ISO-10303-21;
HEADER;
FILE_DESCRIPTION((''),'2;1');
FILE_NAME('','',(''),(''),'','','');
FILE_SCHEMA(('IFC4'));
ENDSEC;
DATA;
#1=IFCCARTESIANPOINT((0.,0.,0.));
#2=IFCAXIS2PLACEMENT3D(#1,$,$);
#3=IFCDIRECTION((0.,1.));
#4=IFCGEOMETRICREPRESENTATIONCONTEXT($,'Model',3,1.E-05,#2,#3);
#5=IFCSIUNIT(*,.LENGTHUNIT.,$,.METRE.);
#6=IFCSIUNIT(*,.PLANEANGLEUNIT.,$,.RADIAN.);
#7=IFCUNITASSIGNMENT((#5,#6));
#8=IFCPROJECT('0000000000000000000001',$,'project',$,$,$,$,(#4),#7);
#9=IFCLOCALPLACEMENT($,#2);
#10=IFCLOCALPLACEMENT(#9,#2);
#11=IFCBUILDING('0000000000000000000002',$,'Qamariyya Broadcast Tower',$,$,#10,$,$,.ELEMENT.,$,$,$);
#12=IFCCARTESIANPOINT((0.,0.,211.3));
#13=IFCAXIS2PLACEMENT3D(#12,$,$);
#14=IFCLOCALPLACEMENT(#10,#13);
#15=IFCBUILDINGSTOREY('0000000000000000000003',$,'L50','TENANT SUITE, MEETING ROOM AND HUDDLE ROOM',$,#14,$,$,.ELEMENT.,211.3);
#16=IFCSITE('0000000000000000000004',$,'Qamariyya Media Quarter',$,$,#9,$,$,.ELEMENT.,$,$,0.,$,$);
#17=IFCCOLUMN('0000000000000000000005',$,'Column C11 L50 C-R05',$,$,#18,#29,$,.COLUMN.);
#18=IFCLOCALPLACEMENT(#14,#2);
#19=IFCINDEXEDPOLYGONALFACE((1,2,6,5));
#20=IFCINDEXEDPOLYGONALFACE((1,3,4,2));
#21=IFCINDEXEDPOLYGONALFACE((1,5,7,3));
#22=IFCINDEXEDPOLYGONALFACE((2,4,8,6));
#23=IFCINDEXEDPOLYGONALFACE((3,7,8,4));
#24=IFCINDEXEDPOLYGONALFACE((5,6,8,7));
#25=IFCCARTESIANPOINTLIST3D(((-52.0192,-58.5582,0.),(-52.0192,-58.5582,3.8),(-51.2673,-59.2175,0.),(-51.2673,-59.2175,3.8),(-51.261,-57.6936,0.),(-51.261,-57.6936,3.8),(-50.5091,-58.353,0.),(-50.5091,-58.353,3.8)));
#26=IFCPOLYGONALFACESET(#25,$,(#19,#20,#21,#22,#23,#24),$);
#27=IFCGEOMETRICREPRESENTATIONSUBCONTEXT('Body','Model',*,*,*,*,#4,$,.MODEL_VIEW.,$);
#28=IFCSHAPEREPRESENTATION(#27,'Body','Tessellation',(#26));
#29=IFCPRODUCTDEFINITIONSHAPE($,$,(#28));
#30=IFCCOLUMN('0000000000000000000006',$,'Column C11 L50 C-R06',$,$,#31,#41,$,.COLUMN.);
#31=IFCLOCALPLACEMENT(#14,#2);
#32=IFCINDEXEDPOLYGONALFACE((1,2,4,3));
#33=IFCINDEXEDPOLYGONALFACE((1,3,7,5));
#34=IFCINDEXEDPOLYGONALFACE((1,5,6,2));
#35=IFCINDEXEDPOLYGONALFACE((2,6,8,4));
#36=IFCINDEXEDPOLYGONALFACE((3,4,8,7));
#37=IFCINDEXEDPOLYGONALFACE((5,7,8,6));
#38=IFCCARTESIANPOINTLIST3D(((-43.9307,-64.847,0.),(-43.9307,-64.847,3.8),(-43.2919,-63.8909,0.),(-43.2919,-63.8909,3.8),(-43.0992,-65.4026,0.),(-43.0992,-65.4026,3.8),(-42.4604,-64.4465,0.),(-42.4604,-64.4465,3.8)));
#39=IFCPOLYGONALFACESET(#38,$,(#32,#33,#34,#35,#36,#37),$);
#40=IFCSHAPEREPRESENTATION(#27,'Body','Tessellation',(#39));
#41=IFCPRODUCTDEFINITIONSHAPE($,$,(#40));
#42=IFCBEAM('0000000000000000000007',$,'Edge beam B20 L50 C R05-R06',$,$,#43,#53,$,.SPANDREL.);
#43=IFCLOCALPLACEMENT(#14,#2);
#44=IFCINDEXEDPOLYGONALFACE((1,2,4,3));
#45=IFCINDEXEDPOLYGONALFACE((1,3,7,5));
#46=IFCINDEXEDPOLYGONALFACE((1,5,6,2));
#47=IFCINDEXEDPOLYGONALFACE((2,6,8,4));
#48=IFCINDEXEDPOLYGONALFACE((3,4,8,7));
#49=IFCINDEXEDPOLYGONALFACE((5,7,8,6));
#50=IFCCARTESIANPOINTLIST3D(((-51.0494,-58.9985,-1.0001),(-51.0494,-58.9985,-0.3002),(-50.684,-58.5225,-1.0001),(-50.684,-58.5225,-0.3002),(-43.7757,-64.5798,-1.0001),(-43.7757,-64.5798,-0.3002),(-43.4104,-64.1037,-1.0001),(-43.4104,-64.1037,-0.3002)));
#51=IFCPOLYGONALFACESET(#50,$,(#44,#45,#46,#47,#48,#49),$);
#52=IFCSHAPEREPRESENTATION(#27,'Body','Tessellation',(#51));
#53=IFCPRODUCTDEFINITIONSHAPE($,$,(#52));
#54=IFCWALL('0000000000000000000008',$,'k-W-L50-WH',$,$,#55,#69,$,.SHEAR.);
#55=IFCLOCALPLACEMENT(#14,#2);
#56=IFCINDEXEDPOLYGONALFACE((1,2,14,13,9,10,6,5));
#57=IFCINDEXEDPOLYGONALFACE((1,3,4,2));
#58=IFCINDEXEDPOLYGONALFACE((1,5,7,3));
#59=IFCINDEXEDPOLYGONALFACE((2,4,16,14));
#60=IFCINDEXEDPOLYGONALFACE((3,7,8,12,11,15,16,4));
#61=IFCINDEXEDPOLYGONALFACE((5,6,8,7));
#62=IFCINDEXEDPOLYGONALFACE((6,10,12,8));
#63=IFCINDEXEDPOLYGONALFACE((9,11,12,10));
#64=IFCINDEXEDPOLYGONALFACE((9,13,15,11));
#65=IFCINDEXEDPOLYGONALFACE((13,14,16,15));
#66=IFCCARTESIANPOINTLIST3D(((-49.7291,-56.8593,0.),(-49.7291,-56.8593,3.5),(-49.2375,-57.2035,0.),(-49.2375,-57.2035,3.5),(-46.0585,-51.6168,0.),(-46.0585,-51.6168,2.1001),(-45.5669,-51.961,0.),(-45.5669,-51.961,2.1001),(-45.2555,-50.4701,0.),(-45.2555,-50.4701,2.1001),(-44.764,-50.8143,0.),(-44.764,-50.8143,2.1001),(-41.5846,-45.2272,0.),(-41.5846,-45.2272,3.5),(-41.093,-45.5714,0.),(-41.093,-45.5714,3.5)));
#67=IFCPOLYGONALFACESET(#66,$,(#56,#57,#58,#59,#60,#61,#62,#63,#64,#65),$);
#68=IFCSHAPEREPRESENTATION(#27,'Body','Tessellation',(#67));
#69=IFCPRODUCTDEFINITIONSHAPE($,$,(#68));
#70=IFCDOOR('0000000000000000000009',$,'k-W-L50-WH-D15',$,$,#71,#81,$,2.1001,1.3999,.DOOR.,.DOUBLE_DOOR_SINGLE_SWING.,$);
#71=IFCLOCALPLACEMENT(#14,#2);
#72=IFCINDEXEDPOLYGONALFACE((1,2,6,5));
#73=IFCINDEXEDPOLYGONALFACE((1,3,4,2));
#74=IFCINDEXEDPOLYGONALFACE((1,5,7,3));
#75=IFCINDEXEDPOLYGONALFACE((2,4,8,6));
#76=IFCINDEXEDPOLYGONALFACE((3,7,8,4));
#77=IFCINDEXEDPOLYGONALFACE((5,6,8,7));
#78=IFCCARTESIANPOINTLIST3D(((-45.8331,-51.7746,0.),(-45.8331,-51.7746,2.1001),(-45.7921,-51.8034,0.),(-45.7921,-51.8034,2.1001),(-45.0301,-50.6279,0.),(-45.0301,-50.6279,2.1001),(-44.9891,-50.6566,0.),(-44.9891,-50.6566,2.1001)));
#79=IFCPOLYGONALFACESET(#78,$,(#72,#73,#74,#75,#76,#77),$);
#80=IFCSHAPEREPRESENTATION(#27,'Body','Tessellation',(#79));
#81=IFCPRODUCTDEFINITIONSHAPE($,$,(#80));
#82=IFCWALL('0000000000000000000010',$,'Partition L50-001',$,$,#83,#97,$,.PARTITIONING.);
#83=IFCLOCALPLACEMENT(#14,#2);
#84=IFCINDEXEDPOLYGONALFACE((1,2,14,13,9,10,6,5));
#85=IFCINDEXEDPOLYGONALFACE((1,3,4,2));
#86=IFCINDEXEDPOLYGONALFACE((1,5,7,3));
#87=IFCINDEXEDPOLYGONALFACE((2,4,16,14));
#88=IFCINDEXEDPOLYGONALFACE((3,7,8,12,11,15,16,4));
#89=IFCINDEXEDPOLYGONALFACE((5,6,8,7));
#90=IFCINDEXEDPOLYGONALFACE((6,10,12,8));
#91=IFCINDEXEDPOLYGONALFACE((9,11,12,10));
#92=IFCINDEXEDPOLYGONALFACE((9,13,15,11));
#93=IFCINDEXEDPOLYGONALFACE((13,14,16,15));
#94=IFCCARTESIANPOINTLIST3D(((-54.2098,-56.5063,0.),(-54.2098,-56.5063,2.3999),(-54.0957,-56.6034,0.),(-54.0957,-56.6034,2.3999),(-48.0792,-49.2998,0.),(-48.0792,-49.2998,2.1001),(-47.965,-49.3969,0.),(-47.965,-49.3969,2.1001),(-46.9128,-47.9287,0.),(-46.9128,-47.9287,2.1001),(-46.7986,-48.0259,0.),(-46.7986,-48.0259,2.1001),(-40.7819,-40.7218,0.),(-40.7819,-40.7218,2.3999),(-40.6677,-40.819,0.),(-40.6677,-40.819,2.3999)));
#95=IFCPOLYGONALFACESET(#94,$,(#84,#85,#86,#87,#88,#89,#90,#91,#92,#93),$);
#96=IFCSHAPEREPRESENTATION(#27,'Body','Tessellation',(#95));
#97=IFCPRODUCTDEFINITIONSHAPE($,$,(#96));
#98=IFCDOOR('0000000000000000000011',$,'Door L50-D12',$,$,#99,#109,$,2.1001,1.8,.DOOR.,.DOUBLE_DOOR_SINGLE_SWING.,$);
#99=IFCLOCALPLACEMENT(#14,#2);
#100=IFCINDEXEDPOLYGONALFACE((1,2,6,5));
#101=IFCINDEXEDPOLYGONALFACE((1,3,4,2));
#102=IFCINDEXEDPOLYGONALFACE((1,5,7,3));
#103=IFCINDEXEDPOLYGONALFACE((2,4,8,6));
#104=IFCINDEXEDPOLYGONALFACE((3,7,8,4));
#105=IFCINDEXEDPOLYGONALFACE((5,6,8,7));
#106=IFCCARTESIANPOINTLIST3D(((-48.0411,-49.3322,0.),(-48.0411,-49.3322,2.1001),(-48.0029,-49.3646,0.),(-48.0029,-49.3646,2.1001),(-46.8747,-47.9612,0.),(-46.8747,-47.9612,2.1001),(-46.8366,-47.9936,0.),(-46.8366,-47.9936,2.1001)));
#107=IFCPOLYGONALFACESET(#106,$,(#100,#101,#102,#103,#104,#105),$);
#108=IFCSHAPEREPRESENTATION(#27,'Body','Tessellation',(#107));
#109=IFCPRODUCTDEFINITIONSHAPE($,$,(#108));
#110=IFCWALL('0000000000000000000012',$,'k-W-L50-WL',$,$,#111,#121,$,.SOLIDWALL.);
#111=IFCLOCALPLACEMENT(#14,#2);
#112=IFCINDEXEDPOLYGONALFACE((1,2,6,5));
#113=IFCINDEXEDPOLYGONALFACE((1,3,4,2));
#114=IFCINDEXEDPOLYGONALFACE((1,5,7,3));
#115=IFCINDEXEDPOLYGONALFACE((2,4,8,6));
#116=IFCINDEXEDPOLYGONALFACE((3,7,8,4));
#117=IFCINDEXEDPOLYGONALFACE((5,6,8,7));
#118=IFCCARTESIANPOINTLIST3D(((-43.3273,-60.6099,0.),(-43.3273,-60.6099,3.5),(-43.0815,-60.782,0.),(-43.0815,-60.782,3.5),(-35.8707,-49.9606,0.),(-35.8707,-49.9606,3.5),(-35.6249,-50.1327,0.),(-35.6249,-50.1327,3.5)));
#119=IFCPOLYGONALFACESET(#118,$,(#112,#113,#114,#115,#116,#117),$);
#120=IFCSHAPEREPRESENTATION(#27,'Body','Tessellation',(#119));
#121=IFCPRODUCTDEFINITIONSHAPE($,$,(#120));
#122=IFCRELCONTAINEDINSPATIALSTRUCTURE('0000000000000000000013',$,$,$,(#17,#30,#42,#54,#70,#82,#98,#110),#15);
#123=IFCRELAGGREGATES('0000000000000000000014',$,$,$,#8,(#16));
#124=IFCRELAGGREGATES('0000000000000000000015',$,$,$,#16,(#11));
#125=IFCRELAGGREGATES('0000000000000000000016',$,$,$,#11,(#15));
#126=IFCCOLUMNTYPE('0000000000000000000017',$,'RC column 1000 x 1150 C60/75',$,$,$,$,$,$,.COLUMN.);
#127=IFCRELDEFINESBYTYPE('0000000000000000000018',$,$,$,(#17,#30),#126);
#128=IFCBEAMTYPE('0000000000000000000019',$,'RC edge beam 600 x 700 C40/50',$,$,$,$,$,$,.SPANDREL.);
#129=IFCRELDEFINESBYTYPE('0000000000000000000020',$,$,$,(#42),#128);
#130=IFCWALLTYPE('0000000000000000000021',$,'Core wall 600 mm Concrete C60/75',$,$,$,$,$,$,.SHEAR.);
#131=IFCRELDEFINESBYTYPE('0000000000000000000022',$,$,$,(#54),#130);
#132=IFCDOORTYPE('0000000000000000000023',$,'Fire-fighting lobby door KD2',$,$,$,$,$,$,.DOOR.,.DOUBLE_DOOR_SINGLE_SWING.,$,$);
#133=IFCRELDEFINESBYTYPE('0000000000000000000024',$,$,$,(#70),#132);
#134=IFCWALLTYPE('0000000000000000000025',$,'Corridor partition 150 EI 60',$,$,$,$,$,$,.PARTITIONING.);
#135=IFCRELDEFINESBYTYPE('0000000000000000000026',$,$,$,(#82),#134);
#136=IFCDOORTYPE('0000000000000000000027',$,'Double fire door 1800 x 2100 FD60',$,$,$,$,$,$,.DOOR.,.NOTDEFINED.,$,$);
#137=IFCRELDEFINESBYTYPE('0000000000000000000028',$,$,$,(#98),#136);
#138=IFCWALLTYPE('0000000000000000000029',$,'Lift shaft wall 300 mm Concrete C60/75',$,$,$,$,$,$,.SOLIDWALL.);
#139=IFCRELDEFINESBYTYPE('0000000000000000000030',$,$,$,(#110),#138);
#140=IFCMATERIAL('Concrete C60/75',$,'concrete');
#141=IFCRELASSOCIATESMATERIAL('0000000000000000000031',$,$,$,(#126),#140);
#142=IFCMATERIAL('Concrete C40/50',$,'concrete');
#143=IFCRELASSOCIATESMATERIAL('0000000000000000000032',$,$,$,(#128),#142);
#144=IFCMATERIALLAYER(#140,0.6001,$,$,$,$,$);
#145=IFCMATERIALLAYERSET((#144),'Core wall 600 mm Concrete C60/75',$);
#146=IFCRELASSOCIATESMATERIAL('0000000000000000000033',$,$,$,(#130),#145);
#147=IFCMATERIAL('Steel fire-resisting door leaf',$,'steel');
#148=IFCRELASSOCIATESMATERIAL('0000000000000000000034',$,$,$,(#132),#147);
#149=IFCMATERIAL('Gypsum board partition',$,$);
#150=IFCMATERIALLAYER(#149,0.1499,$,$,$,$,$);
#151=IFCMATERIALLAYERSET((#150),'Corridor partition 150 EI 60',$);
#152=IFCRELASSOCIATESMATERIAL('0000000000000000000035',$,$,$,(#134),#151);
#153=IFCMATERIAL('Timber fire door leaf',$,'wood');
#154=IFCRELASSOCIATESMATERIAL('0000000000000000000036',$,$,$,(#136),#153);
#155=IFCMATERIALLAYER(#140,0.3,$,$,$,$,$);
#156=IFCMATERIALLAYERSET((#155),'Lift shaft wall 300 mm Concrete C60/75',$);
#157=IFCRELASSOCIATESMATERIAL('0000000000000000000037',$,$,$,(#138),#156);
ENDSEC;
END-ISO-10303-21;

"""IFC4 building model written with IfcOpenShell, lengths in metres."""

from ifc_helpers import new_model, si_unit, direction, frame, frame_2d, origin, origin_2d, place, context, subcontext, project, spatial, rectangle, extrude, material, layer, layer_set, material_profile, profile_set, type_object, element, fill, save


model = new_model("IFC4")

# Units and contexts
model_context = context("Model", 3, precision=1e-05, world=origin(), true_north=direction((0.0, 1.0)))
body_context = subcontext(model_context, "Body", "Model", "MODEL_VIEW")
ifc_project = project(units=[si_unit("LENGTHUNIT", "METRE"), si_unit("PLANEANGLEUNIT", "RADIAN")], contexts=[model_context])

# Site, building, storey
site_placement = place(None, origin())
site = spatial("IfcSite", under=ifc_project, at=site_placement, Name="Qamariyya Media Quarter", CompositionType="ELEMENT", RefElevation=0.0)
building_placement = place(site_placement, origin())
building = spatial("IfcBuilding", under=site, at=building_placement, Name="Qamariyya Broadcast Tower", CompositionType="ELEMENT")
storey_placement = place(building_placement, frame((0.0, 0.0, 211.3)))
storey = spatial("IfcBuildingStorey", under=building, at=storey_placement, Name="L50", Description="TENANT SUITE, MEETING ROOM AND HUDDLE ROOM", CompositionType="ELEMENT", Elevation=211.3)

# Columns
ifc_material_1 = material(Name="Concrete C60/75", Category="concrete")
ifc_material_profile_1 = material_profile(ifc_material_1, rectangle(XDim=1.0, YDim=1.1499, at=origin_2d()))
ifc_profile_set_1 = profile_set([ifc_material_profile_1], Name="Concrete C60/75")
column_type = type_object("IfcColumnType", Name="RC column 1000 x 1150 C60/75", PredefinedType="COLUMN", material=ifc_profile_set_1)
for number, where, z_axis, x_axis, name in (
    (1, (-51.2642, -58.4556, 0.0), (0.0, 0.0, 1.0), (0.75184, -0.659346, 0.0), "Column C11 L50 C-R05"),
    (2, (-43.1956, -64.6467, 0.0), (0.0, 0.0, 1.0), (0.83147, -0.55557, 0.0), "Column C11 L50 C-R06"),
):
    element("IfcColumn", number, at=place(storey_placement, frame(where, z_axis=z_axis, x_axis=x_axis)), inside=storey, type_object=column_type, Name=name, PredefinedType="COLUMN", context=body_context, shape_type="SweptSolid", body=[
        extrude(rectangle(XDim=1.0, YDim=1.1499, at=origin_2d()), origin(), (0.0, 0.0, 1.0), 3.8),
    ])

# Beam
ifc_material_2 = material(Name="Concrete C40/50", Category="concrete")
ifc_material_profile_2 = material_profile(ifc_material_2, rectangle(XDim=0.6001, YDim=0.7, at=origin_2d()))
ifc_profile_set_2 = profile_set([ifc_material_profile_2], Name="Concrete C40/50")
beam_type = type_object("IfcBeamType", Name="RC edge beam 600 x 700 C40/50", PredefinedType="SPANDREL", material=ifc_profile_set_2)
beam_placement = place(storey_placement, frame((-50.8667, -58.7605, -0.6501), z_axis=(0.793353, -0.608762, 0.0), x_axis=(0.608762, 0.793353, 0.0)))
element("IfcBeam", 3, at=beam_placement, inside=storey, type_object=beam_type, Name="Edge beam B20 L50 C R05-R06", PredefinedType="SPANDREL", context=body_context, shape_type="SweptSolid", body=[
    extrude(rectangle(XDim=0.6001, YDim=0.7, at=origin_2d()), origin(), (0.0, 0.0, 1.0), 9.1682),
])

# Walls, openings, doors
ifc_layer_1 = layer(ifc_material_1, 0.6001)
ifc_layer_set_1 = layer_set([ifc_layer_1], Name="Core wall 600 mm Concrete C60/75")
wall_type_1 = type_object("IfcWallType", Name="Core wall 600 mm Concrete C60/75", PredefinedType="SHEAR", material=ifc_layer_set_1)
wall_1_placement = place(storey_placement, frame((-49.4834, -57.0315, 0.0), z_axis=(0.0, 0.0, 1.0), x_axis=(0.57356, 0.819163, 0.0)))
wall_1 = element("IfcWall", 4, at=wall_1_placement, inside=storey, type_object=wall_type_1, Name="k-W-L50-WH", PredefinedType="SHEAR", context=body_context, shape_type="SweptSolid", body=[
    extrude(rectangle(XDim=14.2, YDim=0.6001, at=frame_2d((7.1001, 0.0))), origin(), (0.0, 0.0, 1.0), 3.5),
])
opening_1_placement = place(wall_1_placement, frame((6.3999, 0.0, 0.0)))
opening_1 = element("IfcOpeningElement", 5, at=opening_1_placement, cuts=wall_1, PredefinedType="OPENING", context=body_context, shape_type="SweptSolid", body=[
    extrude(rectangle(XDim=1.3999, YDim=2.1001, at=frame_2d((0.7, 1.05))), frame((0.0, 0.3101, 0.0), z_axis=(0.0, -1.0, 0.0), x_axis=(1.0, 0.0, 0.0)), (0.0, 0.0, 1.0), 0.6201),
])
ifc_material_3 = material(Name="Steel fire-resisting door leaf", Category="steel")
door_type_1 = type_object("IfcDoorType", Name="Fire-fighting lobby door KD2", OperationType="DOUBLE_DOOR_SINGLE_SWING", PredefinedType="DOOR", material=ifc_material_3)
door_1_placement = place(opening_1_placement, origin())
door_1 = element("IfcDoor", 6, at=door_1_placement, inside=storey, type_object=door_type_1, Name="k-W-L50-WH-D15", OperationType="DOUBLE_DOOR_SINGLE_SWING", OverallHeight=2.1001, OverallWidth=1.3999, PredefinedType="DOOR", context=body_context, shape_type="SweptSolid", body=[
    extrude(rectangle(XDim=1.3999, YDim=2.1001, at=frame_2d((0.7, 1.05))), frame((0.0, 0.0249, 0.0), z_axis=(0.0, -1.0, 0.0), x_axis=(1.0, 0.0, 0.0)), (0.0, 0.0, 1.0), 0.05),
])
fill(opening_1, door_1)
ifc_material_4 = material(Name="Gypsum board partition")
ifc_layer_2 = layer(ifc_material_4, 0.1499)
ifc_layer_set_2 = layer_set([ifc_layer_2], Name="Corridor partition 150 EI 60")
wall_type_2 = type_object("IfcWallType", Name="Corridor partition 150 EI 60", PredefinedType="PARTITIONING", material=ifc_layer_set_2)
wall_2_placement = place(storey_placement, frame((-54.1528, -56.5549, 0.0), z_axis=(0.0, 0.0, 1.0), x_axis=(0.647963, 0.761672, 0.0)))
wall_2 = element("IfcWall", 7, at=wall_2_placement, inside=storey, type_object=wall_type_2, Name="Partition L50-001", PredefinedType="PARTITIONING", context=body_context, shape_type="SweptSolid", body=[
    extrude(rectangle(XDim=20.7234, YDim=0.1499, at=frame_2d((10.3618, 0.0))), origin(), (0.0, 0.0, 1.0), 2.3999),
])
opening_2_placement = place(wall_2_placement, frame((9.4617, 0.0, 0.0)))
opening_2 = element("IfcOpeningElement", 8, at=opening_2_placement, cuts=wall_2, PredefinedType="OPENING", context=body_context, shape_type="SweptSolid", body=[
    extrude(rectangle(XDim=1.8, YDim=2.1001, at=frame_2d((0.8999, 1.05))), frame((0.0, 0.085, 0.0), z_axis=(0.0, -1.0, 0.0), x_axis=(1.0, 0.0, 0.0)), (0.0, 0.0, 1.0), 0.1699),
])
ifc_material_5 = material(Name="Timber fire door leaf", Category="wood")
door_type_2 = type_object("IfcDoorType", Name="Double fire door 1800 x 2100 FD60", OperationType="NOTDEFINED", PredefinedType="DOOR", material=ifc_material_5)
door_2_placement = place(opening_2_placement, origin())
door_2 = element("IfcDoor", 9, at=door_2_placement, inside=storey, type_object=door_type_2, Name="Door L50-D12", OperationType="DOUBLE_DOOR_SINGLE_SWING", OverallHeight=2.1001, OverallWidth=1.8, PredefinedType="DOOR", context=body_context, shape_type="SweptSolid", body=[
    extrude(rectangle(XDim=1.8, YDim=2.1001, at=frame_2d((0.8999, 1.05))), frame((0.0, 0.0249, 0.0), z_axis=(0.0, -1.0, 0.0), x_axis=(1.0, 0.0, 0.0)), (0.0, 0.0, 1.0), 0.05),
])
fill(opening_2, door_2)

# Wall
ifc_layer_3 = layer(ifc_material_1, 0.3)
ifc_layer_set_3 = layer_set([ifc_layer_3], Name="Lift shaft wall 300 mm Concrete C60/75")
wall_type_3 = type_object("IfcWallType", Name="Lift shaft wall 300 mm Concrete C60/75", PredefinedType="SOLIDWALL", material=ifc_layer_set_3)
wall_3_placement = place(storey_placement, frame((-43.2043, -60.6958, 0.0), z_axis=(0.0, 0.0, 1.0), x_axis=(0.573572, 0.819155, 0.0)))
element("IfcWall", 10, at=wall_3_placement, inside=storey, type_object=wall_type_3, Name="k-W-L50-WL", PredefinedType="SOLIDWALL", context=body_context, shape_type="SweptSolid", body=[
    extrude(rectangle(XDim=13.0002, YDim=0.3, at=frame_2d((6.5, 0.0))), origin(), (0.0, 0.0, 1.0), 3.5),
])

save(model, "model.ifc")
